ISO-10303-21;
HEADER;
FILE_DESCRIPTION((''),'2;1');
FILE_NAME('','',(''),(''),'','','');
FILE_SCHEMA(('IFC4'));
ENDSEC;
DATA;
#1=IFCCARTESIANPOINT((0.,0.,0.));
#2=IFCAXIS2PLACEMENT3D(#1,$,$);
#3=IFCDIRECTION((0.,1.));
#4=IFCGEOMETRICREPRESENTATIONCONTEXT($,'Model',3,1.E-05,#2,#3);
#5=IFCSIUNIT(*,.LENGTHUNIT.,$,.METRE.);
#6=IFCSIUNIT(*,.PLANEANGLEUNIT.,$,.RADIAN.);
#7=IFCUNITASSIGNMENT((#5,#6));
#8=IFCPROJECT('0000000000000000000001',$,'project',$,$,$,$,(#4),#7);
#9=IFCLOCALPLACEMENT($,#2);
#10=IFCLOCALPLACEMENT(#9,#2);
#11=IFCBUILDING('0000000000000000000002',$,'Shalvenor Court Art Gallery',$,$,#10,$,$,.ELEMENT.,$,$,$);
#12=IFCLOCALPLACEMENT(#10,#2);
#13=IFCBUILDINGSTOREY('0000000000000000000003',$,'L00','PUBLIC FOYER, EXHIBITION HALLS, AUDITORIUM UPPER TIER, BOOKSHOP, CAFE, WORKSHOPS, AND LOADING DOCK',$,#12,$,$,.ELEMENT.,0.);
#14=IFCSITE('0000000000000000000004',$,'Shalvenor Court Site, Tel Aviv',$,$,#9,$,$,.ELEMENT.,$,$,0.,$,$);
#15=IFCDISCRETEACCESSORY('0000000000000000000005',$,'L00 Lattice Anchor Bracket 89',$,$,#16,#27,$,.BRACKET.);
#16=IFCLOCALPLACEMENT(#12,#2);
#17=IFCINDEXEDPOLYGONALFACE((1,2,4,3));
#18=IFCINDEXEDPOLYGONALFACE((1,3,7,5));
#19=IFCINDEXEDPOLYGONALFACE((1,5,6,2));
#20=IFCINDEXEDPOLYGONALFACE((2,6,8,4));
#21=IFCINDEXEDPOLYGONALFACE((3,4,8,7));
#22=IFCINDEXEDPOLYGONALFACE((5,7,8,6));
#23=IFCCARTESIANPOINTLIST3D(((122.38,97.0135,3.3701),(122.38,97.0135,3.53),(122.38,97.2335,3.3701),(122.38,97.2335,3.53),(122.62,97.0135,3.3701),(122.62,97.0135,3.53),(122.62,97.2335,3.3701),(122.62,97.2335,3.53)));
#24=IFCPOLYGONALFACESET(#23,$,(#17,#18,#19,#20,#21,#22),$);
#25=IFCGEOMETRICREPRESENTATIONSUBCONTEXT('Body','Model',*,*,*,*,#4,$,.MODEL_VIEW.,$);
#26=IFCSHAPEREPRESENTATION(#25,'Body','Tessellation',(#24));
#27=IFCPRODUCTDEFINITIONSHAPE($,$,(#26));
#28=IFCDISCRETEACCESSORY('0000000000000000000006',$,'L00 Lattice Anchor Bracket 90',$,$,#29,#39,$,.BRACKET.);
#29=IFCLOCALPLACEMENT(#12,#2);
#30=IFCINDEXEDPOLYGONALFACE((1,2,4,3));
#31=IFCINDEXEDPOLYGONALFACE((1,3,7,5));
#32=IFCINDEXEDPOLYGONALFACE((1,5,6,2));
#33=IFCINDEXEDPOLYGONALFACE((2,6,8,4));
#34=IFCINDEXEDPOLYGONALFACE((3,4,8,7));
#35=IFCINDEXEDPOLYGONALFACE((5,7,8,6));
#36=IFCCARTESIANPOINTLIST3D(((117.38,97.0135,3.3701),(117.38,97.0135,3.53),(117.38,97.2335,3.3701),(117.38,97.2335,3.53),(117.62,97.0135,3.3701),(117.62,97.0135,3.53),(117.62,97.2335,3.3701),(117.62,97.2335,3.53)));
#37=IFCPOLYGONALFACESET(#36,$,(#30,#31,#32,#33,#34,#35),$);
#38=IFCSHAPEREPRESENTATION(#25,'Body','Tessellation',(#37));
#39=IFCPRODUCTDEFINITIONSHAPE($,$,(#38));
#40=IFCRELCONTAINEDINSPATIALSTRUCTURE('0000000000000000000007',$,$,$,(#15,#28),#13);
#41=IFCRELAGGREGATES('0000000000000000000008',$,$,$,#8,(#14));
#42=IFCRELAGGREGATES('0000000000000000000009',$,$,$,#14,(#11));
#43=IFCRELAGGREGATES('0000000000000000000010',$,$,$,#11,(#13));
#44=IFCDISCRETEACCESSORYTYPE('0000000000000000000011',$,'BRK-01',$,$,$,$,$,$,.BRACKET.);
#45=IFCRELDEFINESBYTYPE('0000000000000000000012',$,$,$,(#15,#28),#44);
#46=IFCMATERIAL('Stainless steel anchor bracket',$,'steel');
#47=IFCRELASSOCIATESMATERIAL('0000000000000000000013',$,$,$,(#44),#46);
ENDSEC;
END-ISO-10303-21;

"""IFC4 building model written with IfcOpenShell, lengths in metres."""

from ifc_helpers import new_model, si_unit, direction, frame, origin, origin_2d, place, context, subcontext, project, spatial, rectangle, extrude, material, type_object, element, save


model = new_model("IFC4")

# Units and contexts
model_context = context("Model", 3, precision=1e-05, world=origin(), true_north=direction((0.0, 1.0)))
body_context = subcontext(model_context, "Body", "Model", "MODEL_VIEW")
ifc_project = project(units=[si_unit("LENGTHUNIT", "METRE"), si_unit("PLANEANGLEUNIT", "RADIAN")], contexts=[model_context])

# Site, building, storey
site_placement = place(None, origin())
site = spatial("IfcSite", under=ifc_project, at=site_placement, Name="Shalvenor Court Site, Tel Aviv", CompositionType="ELEMENT", RefElevation=0.0)
building_placement = place(site_placement, origin())
building = spatial("IfcBuilding", under=site, at=building_placement, Name="Shalvenor Court Art Gallery", CompositionType="ELEMENT")
storey_placement = place(building_placement, origin())
storey = spatial("IfcBuildingStorey", under=building, at=storey_placement, Name="L00", Description="PUBLIC FOYER, EXHIBITION HALLS, AUDITORIUM UPPER TIER, BOOKSHOP, CAFE, WORKSHOPS, AND LOADING DOCK", CompositionType="ELEMENT", Elevation=0.0)

# Discrete accessories
ifc_material_1 = material(Name="Stainless steel anchor bracket", Category="steel")
discrete_accessory_type = type_object("IfcDiscreteAccessoryType", Name="BRK-01", PredefinedType="BRACKET", material=ifc_material_1)
for number, where, z_axis, x_axis, name in (
    (1, (122.5, 97.1235, 3.3701), (0.0, 0.0, 1.0), (-1.0, 0.0, 0.0), "L00 Lattice Anchor Bracket 89"),
    (2, (117.5, 97.1235, 3.3701), (0.0, 0.0, 1.0), (-1.0, 0.0, 0.0), "L00 Lattice Anchor Bracket 90"),
):
    element("IfcDiscreteAccessory", number, at=place(storey_placement, frame(where, z_axis=z_axis, x_axis=x_axis)), inside=storey, type_object=discrete_accessory_type, Name=name, PredefinedType="BRACKET", context=body_context, shape_type="SweptSolid", body=[
        extrude(rectangle(XDim=0.24, YDim=0.22, at=origin_2d()), origin(), (0.0, 0.0, 1.0), 0.1599),
    ])

save(model, "model.ifc")
